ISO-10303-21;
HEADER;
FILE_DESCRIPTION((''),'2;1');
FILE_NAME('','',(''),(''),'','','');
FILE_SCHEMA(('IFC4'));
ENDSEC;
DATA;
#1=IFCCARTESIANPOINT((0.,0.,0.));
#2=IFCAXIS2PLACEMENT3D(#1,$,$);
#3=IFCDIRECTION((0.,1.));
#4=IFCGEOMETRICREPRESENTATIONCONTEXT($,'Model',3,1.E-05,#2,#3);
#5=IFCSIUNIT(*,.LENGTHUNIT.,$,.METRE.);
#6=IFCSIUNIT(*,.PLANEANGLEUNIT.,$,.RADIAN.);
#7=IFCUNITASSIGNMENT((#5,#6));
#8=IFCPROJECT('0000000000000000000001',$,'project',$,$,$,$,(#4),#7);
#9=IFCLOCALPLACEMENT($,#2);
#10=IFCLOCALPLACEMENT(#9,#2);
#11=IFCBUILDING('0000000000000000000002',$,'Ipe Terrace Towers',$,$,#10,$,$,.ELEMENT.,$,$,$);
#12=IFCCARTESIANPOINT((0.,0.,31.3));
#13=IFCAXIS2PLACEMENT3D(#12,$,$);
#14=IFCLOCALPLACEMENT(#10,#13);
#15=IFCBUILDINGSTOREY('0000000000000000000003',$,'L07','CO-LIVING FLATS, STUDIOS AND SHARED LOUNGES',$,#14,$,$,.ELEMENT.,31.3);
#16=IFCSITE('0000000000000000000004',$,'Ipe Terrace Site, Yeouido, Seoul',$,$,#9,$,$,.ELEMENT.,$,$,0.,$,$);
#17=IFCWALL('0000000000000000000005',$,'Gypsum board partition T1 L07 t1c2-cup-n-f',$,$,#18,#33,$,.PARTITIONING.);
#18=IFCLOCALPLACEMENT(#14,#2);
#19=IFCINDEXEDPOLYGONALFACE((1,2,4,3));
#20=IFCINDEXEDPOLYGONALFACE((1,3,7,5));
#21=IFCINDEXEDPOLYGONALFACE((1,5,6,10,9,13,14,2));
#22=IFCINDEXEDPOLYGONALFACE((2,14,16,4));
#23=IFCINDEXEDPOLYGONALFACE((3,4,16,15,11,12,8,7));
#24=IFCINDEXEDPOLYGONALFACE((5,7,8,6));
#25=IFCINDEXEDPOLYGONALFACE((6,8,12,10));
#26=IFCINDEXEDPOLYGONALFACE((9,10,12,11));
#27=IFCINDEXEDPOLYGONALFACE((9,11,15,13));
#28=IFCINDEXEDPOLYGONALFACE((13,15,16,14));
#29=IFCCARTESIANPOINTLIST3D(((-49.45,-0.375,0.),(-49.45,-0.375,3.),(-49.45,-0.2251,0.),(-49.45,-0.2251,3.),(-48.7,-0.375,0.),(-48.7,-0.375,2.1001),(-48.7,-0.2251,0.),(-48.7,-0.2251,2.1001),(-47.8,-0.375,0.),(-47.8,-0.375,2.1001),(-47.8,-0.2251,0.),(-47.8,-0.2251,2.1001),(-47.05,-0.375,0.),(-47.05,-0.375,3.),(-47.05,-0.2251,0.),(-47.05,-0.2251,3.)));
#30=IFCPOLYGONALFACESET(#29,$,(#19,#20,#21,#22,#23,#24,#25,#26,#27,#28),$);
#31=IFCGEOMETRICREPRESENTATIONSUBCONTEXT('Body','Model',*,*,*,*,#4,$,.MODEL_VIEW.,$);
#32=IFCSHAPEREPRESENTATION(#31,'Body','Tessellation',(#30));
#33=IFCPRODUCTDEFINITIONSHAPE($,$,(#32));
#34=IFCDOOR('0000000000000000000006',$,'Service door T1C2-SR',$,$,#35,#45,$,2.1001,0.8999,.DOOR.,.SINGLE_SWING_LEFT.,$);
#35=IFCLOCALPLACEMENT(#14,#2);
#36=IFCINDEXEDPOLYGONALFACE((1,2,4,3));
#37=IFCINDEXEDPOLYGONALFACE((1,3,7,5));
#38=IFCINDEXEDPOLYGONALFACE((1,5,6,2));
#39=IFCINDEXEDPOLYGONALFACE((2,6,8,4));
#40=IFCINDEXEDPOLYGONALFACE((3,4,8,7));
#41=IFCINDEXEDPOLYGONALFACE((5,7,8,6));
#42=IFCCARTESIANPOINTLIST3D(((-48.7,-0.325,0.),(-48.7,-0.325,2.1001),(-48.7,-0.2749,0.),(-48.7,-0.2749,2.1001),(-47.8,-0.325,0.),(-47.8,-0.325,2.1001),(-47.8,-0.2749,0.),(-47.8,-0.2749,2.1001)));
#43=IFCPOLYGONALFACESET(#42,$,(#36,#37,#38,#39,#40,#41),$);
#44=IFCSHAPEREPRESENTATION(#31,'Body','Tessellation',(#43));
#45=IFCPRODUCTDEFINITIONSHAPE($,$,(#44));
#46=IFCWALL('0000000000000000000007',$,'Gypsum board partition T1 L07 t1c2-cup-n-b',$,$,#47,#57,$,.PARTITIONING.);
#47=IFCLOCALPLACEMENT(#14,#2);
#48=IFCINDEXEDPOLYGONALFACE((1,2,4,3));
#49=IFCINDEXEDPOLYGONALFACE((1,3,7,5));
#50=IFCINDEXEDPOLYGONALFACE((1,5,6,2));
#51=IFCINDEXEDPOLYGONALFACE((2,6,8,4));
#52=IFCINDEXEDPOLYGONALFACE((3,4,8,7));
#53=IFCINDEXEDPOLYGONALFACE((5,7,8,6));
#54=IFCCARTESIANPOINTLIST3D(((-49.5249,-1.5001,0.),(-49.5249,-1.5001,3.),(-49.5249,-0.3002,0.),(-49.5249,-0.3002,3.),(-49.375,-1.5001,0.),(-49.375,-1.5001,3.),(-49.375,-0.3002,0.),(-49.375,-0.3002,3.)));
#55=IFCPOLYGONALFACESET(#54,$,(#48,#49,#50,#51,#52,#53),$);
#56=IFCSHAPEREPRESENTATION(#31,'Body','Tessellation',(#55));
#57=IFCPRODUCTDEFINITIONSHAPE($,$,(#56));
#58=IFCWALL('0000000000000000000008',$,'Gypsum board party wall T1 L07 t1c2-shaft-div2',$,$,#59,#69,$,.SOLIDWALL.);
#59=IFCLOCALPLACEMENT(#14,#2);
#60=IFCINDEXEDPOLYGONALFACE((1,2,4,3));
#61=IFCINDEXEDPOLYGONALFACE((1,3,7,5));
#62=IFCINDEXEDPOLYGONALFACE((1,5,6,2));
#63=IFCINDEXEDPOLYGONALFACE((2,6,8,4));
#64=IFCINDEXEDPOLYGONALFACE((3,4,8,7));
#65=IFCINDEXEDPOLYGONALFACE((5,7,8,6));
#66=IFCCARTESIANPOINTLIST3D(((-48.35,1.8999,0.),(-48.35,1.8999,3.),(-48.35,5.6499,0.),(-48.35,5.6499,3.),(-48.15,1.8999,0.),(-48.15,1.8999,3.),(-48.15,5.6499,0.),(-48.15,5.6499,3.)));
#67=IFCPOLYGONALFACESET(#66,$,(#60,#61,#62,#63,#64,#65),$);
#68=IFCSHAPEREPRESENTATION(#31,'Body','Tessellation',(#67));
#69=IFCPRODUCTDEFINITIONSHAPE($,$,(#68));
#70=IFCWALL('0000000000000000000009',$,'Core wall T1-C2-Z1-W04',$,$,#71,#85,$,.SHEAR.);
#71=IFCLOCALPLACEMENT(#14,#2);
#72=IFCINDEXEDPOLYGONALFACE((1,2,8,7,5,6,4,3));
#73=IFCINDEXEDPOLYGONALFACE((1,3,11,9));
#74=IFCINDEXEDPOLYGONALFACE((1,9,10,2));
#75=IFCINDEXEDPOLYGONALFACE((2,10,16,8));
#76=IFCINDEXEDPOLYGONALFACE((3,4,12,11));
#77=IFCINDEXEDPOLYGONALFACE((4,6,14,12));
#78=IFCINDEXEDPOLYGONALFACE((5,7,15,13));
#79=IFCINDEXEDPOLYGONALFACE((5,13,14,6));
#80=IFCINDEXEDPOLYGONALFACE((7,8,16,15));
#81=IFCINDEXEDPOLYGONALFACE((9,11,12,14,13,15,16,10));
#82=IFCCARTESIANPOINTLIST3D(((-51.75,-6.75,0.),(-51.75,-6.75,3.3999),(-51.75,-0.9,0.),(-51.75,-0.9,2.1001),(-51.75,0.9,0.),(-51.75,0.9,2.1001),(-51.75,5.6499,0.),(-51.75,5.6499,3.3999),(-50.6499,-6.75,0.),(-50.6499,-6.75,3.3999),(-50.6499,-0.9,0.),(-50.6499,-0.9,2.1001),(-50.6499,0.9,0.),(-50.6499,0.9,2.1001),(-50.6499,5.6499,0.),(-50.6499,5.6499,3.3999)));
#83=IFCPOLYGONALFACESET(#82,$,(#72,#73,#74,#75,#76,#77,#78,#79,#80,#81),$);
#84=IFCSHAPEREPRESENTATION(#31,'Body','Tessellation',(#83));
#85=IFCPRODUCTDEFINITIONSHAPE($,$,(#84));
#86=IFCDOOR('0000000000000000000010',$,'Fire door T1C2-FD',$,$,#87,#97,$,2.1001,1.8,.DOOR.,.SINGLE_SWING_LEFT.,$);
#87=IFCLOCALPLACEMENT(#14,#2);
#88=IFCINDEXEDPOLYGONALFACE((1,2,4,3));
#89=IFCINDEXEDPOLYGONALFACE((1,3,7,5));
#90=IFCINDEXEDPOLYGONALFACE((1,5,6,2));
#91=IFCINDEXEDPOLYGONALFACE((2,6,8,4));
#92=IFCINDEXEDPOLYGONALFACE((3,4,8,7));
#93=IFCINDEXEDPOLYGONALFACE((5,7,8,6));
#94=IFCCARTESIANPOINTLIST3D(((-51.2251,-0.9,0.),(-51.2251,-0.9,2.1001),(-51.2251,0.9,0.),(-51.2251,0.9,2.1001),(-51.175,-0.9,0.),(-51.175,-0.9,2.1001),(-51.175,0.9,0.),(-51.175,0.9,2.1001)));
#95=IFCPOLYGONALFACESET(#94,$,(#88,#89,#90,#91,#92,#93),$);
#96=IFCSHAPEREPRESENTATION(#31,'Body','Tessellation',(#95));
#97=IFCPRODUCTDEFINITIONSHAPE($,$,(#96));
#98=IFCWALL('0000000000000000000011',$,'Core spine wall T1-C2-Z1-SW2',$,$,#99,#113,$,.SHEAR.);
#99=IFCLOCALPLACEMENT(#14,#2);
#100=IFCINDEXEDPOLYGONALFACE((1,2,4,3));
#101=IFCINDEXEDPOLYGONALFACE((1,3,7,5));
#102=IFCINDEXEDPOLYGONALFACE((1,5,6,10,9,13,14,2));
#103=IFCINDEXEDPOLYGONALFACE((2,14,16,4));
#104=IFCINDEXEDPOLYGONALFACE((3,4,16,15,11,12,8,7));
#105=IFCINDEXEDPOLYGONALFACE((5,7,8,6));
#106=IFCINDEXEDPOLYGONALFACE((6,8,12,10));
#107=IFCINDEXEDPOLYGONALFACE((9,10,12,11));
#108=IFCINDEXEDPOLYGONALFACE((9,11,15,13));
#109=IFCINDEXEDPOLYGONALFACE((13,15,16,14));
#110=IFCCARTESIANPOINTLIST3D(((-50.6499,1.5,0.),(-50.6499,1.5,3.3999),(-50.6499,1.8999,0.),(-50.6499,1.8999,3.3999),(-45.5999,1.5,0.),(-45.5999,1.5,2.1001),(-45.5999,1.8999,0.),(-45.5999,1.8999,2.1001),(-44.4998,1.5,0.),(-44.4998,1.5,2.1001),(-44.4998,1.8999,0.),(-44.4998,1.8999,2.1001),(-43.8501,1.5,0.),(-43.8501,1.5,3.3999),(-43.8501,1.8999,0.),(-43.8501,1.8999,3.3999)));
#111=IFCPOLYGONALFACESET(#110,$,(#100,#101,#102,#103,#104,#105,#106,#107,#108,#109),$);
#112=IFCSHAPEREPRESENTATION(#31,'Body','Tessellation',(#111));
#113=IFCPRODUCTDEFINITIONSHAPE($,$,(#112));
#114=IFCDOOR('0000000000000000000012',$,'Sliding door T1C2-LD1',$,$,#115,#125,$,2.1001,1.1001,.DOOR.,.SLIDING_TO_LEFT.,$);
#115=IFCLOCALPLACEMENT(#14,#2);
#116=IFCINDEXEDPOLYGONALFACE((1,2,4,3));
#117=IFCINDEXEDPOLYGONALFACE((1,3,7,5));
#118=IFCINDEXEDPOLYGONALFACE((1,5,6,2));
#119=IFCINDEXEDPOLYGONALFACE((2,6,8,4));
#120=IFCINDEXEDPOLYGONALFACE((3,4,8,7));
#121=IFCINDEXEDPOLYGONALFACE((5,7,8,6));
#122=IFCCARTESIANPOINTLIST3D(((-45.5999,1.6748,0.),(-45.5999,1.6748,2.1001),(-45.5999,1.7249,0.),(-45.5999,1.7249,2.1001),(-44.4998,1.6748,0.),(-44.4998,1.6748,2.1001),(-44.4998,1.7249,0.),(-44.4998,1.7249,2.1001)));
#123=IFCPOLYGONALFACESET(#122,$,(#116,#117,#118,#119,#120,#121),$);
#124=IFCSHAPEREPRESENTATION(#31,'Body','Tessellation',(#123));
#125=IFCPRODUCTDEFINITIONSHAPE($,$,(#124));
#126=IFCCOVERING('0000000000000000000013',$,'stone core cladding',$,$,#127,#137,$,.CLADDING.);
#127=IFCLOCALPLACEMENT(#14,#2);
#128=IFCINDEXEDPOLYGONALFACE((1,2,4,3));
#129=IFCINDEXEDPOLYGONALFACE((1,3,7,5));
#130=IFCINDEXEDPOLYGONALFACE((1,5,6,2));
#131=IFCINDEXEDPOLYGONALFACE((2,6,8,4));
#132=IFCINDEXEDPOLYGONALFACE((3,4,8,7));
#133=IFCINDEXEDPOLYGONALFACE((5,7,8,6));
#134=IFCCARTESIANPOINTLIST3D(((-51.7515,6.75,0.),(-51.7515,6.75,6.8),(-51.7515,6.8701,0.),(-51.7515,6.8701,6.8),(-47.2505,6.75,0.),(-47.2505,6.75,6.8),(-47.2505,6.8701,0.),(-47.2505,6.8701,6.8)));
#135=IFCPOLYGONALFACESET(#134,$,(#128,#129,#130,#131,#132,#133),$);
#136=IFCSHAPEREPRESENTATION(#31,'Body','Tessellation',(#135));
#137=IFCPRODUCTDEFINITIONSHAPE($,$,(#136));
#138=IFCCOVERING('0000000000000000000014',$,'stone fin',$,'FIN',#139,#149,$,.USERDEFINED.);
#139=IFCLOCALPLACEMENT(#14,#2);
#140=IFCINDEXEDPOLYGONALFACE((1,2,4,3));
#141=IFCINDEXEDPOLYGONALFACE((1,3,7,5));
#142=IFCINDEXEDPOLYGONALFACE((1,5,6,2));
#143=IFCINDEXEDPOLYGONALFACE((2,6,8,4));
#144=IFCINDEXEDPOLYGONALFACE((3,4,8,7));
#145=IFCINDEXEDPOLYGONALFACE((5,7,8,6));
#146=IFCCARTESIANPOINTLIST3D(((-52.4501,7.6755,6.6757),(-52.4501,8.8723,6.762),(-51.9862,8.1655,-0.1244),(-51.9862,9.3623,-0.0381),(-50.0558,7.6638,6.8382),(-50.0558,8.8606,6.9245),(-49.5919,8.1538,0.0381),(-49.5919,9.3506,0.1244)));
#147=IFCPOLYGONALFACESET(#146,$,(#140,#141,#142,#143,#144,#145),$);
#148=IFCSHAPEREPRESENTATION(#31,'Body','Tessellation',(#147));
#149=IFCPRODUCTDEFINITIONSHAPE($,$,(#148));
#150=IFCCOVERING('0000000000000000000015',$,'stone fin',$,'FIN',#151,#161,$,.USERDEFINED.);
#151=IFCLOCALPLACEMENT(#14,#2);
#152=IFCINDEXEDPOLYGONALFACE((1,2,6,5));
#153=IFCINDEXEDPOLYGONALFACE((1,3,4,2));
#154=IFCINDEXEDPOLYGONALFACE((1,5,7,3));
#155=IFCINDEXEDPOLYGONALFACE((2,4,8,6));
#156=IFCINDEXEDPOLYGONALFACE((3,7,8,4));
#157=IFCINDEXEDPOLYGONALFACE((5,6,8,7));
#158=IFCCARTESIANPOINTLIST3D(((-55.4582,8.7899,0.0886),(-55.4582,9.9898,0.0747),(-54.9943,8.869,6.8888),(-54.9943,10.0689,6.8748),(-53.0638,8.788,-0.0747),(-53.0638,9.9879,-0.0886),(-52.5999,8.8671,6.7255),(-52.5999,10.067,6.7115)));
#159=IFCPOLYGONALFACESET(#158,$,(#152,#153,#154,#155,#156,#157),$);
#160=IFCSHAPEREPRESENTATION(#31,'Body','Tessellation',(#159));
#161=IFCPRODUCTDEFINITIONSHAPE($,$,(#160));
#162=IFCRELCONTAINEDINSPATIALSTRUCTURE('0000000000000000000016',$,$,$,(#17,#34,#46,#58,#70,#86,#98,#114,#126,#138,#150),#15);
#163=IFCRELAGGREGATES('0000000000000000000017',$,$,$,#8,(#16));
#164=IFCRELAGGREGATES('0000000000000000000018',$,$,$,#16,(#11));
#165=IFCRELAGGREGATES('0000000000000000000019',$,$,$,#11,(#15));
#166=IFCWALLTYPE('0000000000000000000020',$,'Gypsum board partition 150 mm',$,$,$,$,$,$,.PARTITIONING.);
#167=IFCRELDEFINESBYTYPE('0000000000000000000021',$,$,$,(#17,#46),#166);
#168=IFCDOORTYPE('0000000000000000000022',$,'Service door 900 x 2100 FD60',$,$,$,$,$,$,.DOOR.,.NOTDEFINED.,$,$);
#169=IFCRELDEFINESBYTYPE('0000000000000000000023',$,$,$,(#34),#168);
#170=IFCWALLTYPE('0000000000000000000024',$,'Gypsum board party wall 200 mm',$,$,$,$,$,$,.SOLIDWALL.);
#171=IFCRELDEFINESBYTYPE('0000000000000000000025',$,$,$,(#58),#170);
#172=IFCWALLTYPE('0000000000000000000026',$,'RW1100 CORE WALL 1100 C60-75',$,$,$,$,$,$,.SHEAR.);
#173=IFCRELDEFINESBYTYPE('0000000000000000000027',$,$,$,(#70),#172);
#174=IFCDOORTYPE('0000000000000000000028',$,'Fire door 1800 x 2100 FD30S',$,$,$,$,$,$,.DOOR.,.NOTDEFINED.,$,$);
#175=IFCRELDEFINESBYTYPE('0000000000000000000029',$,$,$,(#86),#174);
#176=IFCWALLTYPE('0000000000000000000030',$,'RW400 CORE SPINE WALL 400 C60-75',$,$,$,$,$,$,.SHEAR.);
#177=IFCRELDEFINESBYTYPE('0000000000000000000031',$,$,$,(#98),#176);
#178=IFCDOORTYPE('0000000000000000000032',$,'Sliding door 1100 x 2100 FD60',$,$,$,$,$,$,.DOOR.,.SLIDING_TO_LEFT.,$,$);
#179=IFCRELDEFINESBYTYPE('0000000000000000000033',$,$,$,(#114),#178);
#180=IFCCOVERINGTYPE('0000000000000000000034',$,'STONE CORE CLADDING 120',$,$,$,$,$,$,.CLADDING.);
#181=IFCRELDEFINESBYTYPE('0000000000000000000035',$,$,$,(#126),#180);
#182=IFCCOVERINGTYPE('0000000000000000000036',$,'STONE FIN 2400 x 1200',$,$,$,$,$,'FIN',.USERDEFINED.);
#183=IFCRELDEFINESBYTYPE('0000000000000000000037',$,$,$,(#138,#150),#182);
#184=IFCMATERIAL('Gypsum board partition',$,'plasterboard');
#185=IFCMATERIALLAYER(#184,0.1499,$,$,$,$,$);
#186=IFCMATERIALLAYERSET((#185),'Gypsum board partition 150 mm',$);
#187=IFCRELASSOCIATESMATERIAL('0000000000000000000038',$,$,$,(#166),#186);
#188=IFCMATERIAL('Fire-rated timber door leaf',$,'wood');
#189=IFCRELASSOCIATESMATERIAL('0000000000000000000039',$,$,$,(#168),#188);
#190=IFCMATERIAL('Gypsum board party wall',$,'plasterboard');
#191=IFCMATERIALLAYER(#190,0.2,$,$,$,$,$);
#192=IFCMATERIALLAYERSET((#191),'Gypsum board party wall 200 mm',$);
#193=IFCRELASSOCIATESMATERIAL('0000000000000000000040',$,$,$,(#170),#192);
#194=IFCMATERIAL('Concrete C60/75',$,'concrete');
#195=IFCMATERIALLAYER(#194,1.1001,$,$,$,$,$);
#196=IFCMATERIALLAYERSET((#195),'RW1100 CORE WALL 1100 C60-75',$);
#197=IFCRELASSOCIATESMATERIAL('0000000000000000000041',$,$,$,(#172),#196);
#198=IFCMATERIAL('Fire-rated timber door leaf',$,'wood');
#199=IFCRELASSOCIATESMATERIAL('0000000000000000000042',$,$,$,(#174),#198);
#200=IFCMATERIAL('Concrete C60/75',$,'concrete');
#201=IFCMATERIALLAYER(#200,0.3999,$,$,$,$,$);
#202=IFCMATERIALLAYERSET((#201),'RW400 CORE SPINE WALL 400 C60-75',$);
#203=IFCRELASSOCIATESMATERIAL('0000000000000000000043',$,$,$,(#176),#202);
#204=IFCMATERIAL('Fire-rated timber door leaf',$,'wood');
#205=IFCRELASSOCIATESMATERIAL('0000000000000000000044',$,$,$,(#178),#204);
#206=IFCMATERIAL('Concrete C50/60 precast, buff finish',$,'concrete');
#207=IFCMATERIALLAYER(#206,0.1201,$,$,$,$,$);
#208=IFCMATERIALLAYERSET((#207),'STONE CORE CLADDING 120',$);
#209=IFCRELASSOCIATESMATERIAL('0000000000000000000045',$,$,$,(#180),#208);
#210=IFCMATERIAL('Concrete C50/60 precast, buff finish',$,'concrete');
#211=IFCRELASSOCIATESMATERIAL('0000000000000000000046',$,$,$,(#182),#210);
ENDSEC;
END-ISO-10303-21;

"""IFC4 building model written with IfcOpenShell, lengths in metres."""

from ifc_helpers import new_model, si_unit, direction, frame, frame_2d, origin, origin_2d, place, context, subcontext, project, spatial, rectangle, extrude, material, layer, layer_set, material_profile, profile_set, type_object, element, fill, save


model = new_model("IFC4")

# Units and contexts
model_context = context("Model", 3, precision=1e-05, world=origin(), true_north=direction((0.0, 1.0)))
body_context = subcontext(model_context, "Body", "Model", "MODEL_VIEW")
ifc_project = project(units=[si_unit("LENGTHUNIT", "METRE"), si_unit("PLANEANGLEUNIT", "RADIAN")], contexts=[model_context])

# Site, building, storey
site_placement = place(None, origin())
site = spatial("IfcSite", under=ifc_project, at=site_placement, Name="Ipe Terrace Site, Yeouido, Seoul", CompositionType="ELEMENT", RefElevation=0.0)
building_placement = place(site_placement, origin())
building = spatial("IfcBuilding", under=site, at=building_placement, Name="Ipe Terrace Towers", CompositionType="ELEMENT")
storey_placement = place(building_placement, frame((0.0, 0.0, 31.3)))
storey = spatial("IfcBuildingStorey", under=building, at=storey_placement, Name="L07", Description="CO-LIVING FLATS, STUDIOS AND SHARED LOUNGES", CompositionType="ELEMENT", Elevation=31.3)

# Wall, opening, door
ifc_material_1 = material(Name="Gypsum board partition", Category="plasterboard")
ifc_layer_1 = layer(ifc_material_1, 0.1499)
ifc_layer_set_1 = layer_set([ifc_layer_1], Name="Gypsum board partition 150 mm")
wall_type_1 = type_object("IfcWallType", Name="Gypsum board partition 150 mm", PredefinedType="PARTITIONING", material=ifc_layer_set_1)
wall_1_placement = place(storey_placement, frame((-47.05, -0.3, 0.0), z_axis=(0.0, 0.0, 1.0), x_axis=(-1.0, 0.0, 0.0)))
wall_1 = element("IfcWall", 1, at=wall_1_placement, inside=storey, type_object=wall_type_1, Name="Gypsum board partition T1 L07 t1c2-cup-n-f", PredefinedType="PARTITIONING", context=body_context, shape_type="SweptSolid", body=[
    extrude(rectangle(XDim=2.3999, YDim=0.1499, at=frame_2d((1.2, 0.0))), origin(), (0.0, 0.0, 1.0), 3.0),
])
opening_1_placement = place(wall_1_placement, frame((0.75, 0.0, 0.0)))
opening_1 = element("IfcOpeningElement", 2, at=opening_1_placement, cuts=wall_1, PredefinedType="OPENING", context=body_context, shape_type="SweptSolid", body=[
    extrude(rectangle(XDim=0.8999, YDim=2.1001, at=frame_2d((0.45, 1.05))), frame((0.0, 0.085, 0.0), z_axis=(0.0, -1.0, 0.0), x_axis=(1.0, 0.0, 0.0)), (0.0, 0.0, 1.0), 0.1699),
])
ifc_material_2 = material(Name="Fire-rated timber door leaf", Category="wood")
door_type_1 = type_object("IfcDoorType", Name="Service door 900 x 2100 FD60", OperationType="NOTDEFINED", PredefinedType="DOOR", material=ifc_material_2)
door_1_placement = place(opening_1_placement, origin())
door_1 = element("IfcDoor", 3, at=door_1_placement, inside=storey, type_object=door_type_1, Name="Service door T1C2-SR", OperationType="SINGLE_SWING_LEFT", OverallHeight=2.1001, OverallWidth=0.8999, PredefinedType="DOOR", context=body_context, shape_type="SweptSolid", body=[
    extrude(rectangle(XDim=0.8999, YDim=2.1001, at=frame_2d((0.45, 1.05))), frame((0.0, 0.0249, 0.0), z_axis=(0.0, -1.0, 0.0), x_axis=(1.0, 0.0, 0.0)), (0.0, 0.0, 1.0), 0.05),
])
fill(opening_1, door_1)

# Walls
wall_2_placement = place(storey_placement, frame((-49.45, -0.3, 0.0), z_axis=(0.0, 0.0, 1.0), x_axis=(0.0, -1.0, 0.0)))
element("IfcWall", 4, at=wall_2_placement, inside=storey, type_object=wall_type_1, Name="Gypsum board partition T1 L07 t1c2-cup-n-b", PredefinedType="PARTITIONING", context=body_context, shape_type="SweptSolid", body=[
    extrude(rectangle(XDim=1.2, YDim=0.1499, at=frame_2d((0.6001, 0.0))), origin(), (0.0, 0.0, 1.0), 3.0),
])
ifc_material_3 = material(Name="Gypsum board party wall", Category="plasterboard")
ifc_layer_2 = layer(ifc_material_3, 0.2)
ifc_layer_set_2 = layer_set([ifc_layer_2], Name="Gypsum board party wall 200 mm")
wall_type_2 = type_object("IfcWallType", Name="Gypsum board party wall 200 mm", PredefinedType="SOLIDWALL", material=ifc_layer_set_2)
wall_3_placement = place(storey_placement, frame((-48.25, 5.6499, 0.0), z_axis=(0.0, 0.0, 1.0), x_axis=(0.0, -1.0, 0.0)))
element("IfcWall", 5, at=wall_3_placement, inside=storey, type_object=wall_type_2, Name="Gypsum board party wall T1 L07 t1c2-shaft-div2", PredefinedType="SOLIDWALL", context=body_context, shape_type="SweptSolid", body=[
    extrude(rectangle(XDim=3.75, YDim=0.2, at=frame_2d((1.875, 0.0))), origin(), (0.0, 0.0, 1.0), 3.0),
])

# Walls, openings, doors
ifc_material_4 = material(Name="Concrete C60/75", Category="concrete")
ifc_layer_3 = layer(ifc_material_4, 1.1001)
ifc_layer_set_3 = layer_set([ifc_layer_3], Name="RW1100 CORE WALL 1100 C60-75")
wall_type_3 = type_object("IfcWallType", Name="RW1100 CORE WALL 1100 C60-75", PredefinedType="SHEAR", material=ifc_layer_set_3)
wall_4_placement = place(storey_placement, frame((-51.2, 5.6499, 0.0), z_axis=(0.0, 0.0, 1.0), x_axis=(0.0, -1.0, 0.0)))
wall_4 = element("IfcWall", 6, at=wall_4_placement, inside=storey, type_object=wall_type_3, Name="Core wall T1-C2-Z1-W04", PredefinedType="SHEAR", context=body_context, shape_type="SweptSolid", body=[
    extrude(rectangle(XDim=12.3999, YDim=1.1001, at=frame_2d((6.2, 0.0))), origin(), (0.0, 0.0, 1.0), 3.3999),
])
opening_2_placement = place(wall_4_placement, frame((4.75, 0.0, 0.0)))
opening_2 = element("IfcOpeningElement", 7, at=opening_2_placement, cuts=wall_4, PredefinedType="OPENING", context=body_context, shape_type="SweptSolid", body=[
    extrude(rectangle(XDim=1.8, YDim=2.1001, at=frame_2d((0.8999, 1.05))), frame((0.0, 0.5601, 0.0), z_axis=(0.0, -1.0, 0.0), x_axis=(1.0, 0.0, 0.0)), (0.0, 0.0, 1.0), 1.1201),
])
ifc_material_5 = material(Name="Fire-rated timber door leaf", Category="wood")
door_type_2 = type_object("IfcDoorType", Name="Fire door 1800 x 2100 FD30S", OperationType="NOTDEFINED", PredefinedType="DOOR", material=ifc_material_5)
door_2_placement = place(opening_2_placement, origin())
door_2 = element("IfcDoor", 8, at=door_2_placement, inside=storey, type_object=door_type_2, Name="Fire door T1C2-FD", OperationType="SINGLE_SWING_LEFT", OverallHeight=2.1001, OverallWidth=1.8, PredefinedType="DOOR", context=body_context, shape_type="SweptSolid", body=[
    extrude(rectangle(XDim=1.8, YDim=2.1001, at=frame_2d((0.8999, 1.05))), frame((0.0, 0.0249, 0.0), z_axis=(0.0, -1.0, 0.0), x_axis=(1.0, 0.0, 0.0)), (0.0, 0.0, 1.0), 0.05),
])
fill(opening_2, door_2)
ifc_material_6 = material(Name="Concrete C60/75", Category="concrete")
ifc_layer_4 = layer(ifc_material_6, 0.3999)
ifc_layer_set_4 = layer_set([ifc_layer_4], Name="RW400 CORE SPINE WALL 400 C60-75")
wall_type_4 = type_object("IfcWallType", Name="RW400 CORE SPINE WALL 400 C60-75", PredefinedType="SHEAR", material=ifc_layer_set_4)
wall_5_placement = place(storey_placement, frame((-50.6499, 1.7, 0.0), z_axis=(0.0, 0.0, 1.0), x_axis=(1.0, 0.0, 0.0)))
wall_5 = element("IfcWall", 9, at=wall_5_placement, inside=storey, type_object=wall_type_4, Name="Core spine wall T1-C2-Z1-SW2", PredefinedType="SHEAR", context=body_context, shape_type="SweptSolid", body=[
    extrude(rectangle(XDim=6.7998, YDim=0.3999, at=frame_2d((3.3999, 0.0))), origin(), (0.0, 0.0, 1.0), 3.3999),
])
opening_3_placement = place(wall_5_placement, frame((5.05, 0.0, 0.0)))
opening_3 = element("IfcOpeningElement", 10, at=opening_3_placement, cuts=wall_5, PredefinedType="OPENING", context=body_context, shape_type="SweptSolid", body=[
    extrude(rectangle(XDim=1.1001, YDim=2.1001, at=frame_2d((0.55, 1.05))), frame((0.0, 0.21, 0.0), z_axis=(0.0, -1.0, 0.0), x_axis=(1.0, 0.0, 0.0)), (0.0, 0.0, 1.0), 0.4199),
])
ifc_material_7 = material(Name="Fire-rated timber door leaf", Category="wood")
door_type_3 = type_object("IfcDoorType", Name="Sliding door 1100 x 2100 FD60", OperationType="SLIDING_TO_LEFT", PredefinedType="DOOR", material=ifc_material_7)
door_3_placement = place(opening_3_placement, origin())
door_3 = element("IfcDoor", 11, at=door_3_placement, inside=storey, type_object=door_type_3, Name="Sliding door T1C2-LD1", OperationType="SLIDING_TO_LEFT", OverallHeight=2.1001, OverallWidth=1.1001, PredefinedType="DOOR", context=body_context, shape_type="SweptSolid", body=[
    extrude(rectangle(XDim=1.1001, YDim=2.1001, at=frame_2d((0.55, 1.05))), frame((0.0, 0.0249, 0.0), z_axis=(0.0, -1.0, 0.0), x_axis=(1.0, 0.0, 0.0)), (0.0, 0.0, 1.0), 0.05),
])
fill(opening_3, door_3)

# Coverings
ifc_material_8 = material(Name="Concrete C50/60 precast, buff finish", Category="concrete")
ifc_layer_5 = layer(ifc_material_8, 0.1201)
ifc_layer_set_5 = layer_set([ifc_layer_5], Name="STONE CORE CLADDING 120")
covering_type_1 = type_object("IfcCoveringType", Name="STONE CORE CLADDING 120", PredefinedType="CLADDING", material=ifc_layer_set_5)
covering_1_placement = place(storey_placement, frame((-49.501, 6.8101, 0.0), z_axis=(0.0, 0.0, 1.0), x_axis=(-1.0, 0.0, 0.0)))
element("IfcCovering", 12, at=covering_1_placement, inside=storey, type_object=covering_type_1, Name="stone core cladding", PredefinedType="CLADDING", context=body_context, shape_type="SweptSolid", body=[
    extrude(rectangle(XDim=4.501, YDim=0.1201, at=origin_2d()), origin(), (0.0, 0.0, 1.0), 6.8),
])
ifc_material_9 = material(Name="Concrete C50/60 precast, buff finish", Category="concrete")
ifc_material_profile_1 = material_profile(ifc_material_9, rectangle(XDim=2.3999, YDim=1.2, at=origin_2d()), Name="STONE FIN 2400 x 1200")
ifc_profile_set_1 = profile_set([ifc_material_profile_1], Name="Concrete C50/60 precast, buff finish")
covering_type_2 = type_object("IfcCoveringType", Name="STONE FIN 2400 x 1200", ElementType="FIN", PredefinedType="USERDEFINED", material=ifc_profile_set_1)
covering_2_placement = place(storey_placement, frame((-50.7891, 8.7581, 0.0), z_axis=(-0.067882, -0.071705, 0.995113), x_axis=(-0.997693, 0.004879, -0.067706)))
element("IfcCovering", 13, at=covering_2_placement, inside=storey, type_object=covering_type_2, Name="stone fin", ObjectType="FIN", PredefinedType="USERDEFINED", context=body_context, shape_type="SweptSolid", body=[
    extrude(rectangle(XDim=2.3999, YDim=1.2, at=origin_2d()), origin(), (0.0, 0.0, 1.0), 6.8335),
])
covering_3_placement = place(storey_placement, frame((-54.261, 9.3889, 0.0), z_axis=(0.068053, 0.011605, 0.997614), x_axis=(-0.997682, 0.000792, 0.068048)))
element("IfcCovering", 14, at=covering_3_placement, inside=storey, type_object=covering_type_2, Name="stone fin", ObjectType="FIN", PredefinedType="USERDEFINED", context=body_context, shape_type="SweptSolid", body=[
    extrude(rectangle(XDim=2.3999, YDim=1.2, at=origin_2d()), origin(), (0.0, 0.0, 1.0), 6.8164),
])

save(model, "model.ifc")
